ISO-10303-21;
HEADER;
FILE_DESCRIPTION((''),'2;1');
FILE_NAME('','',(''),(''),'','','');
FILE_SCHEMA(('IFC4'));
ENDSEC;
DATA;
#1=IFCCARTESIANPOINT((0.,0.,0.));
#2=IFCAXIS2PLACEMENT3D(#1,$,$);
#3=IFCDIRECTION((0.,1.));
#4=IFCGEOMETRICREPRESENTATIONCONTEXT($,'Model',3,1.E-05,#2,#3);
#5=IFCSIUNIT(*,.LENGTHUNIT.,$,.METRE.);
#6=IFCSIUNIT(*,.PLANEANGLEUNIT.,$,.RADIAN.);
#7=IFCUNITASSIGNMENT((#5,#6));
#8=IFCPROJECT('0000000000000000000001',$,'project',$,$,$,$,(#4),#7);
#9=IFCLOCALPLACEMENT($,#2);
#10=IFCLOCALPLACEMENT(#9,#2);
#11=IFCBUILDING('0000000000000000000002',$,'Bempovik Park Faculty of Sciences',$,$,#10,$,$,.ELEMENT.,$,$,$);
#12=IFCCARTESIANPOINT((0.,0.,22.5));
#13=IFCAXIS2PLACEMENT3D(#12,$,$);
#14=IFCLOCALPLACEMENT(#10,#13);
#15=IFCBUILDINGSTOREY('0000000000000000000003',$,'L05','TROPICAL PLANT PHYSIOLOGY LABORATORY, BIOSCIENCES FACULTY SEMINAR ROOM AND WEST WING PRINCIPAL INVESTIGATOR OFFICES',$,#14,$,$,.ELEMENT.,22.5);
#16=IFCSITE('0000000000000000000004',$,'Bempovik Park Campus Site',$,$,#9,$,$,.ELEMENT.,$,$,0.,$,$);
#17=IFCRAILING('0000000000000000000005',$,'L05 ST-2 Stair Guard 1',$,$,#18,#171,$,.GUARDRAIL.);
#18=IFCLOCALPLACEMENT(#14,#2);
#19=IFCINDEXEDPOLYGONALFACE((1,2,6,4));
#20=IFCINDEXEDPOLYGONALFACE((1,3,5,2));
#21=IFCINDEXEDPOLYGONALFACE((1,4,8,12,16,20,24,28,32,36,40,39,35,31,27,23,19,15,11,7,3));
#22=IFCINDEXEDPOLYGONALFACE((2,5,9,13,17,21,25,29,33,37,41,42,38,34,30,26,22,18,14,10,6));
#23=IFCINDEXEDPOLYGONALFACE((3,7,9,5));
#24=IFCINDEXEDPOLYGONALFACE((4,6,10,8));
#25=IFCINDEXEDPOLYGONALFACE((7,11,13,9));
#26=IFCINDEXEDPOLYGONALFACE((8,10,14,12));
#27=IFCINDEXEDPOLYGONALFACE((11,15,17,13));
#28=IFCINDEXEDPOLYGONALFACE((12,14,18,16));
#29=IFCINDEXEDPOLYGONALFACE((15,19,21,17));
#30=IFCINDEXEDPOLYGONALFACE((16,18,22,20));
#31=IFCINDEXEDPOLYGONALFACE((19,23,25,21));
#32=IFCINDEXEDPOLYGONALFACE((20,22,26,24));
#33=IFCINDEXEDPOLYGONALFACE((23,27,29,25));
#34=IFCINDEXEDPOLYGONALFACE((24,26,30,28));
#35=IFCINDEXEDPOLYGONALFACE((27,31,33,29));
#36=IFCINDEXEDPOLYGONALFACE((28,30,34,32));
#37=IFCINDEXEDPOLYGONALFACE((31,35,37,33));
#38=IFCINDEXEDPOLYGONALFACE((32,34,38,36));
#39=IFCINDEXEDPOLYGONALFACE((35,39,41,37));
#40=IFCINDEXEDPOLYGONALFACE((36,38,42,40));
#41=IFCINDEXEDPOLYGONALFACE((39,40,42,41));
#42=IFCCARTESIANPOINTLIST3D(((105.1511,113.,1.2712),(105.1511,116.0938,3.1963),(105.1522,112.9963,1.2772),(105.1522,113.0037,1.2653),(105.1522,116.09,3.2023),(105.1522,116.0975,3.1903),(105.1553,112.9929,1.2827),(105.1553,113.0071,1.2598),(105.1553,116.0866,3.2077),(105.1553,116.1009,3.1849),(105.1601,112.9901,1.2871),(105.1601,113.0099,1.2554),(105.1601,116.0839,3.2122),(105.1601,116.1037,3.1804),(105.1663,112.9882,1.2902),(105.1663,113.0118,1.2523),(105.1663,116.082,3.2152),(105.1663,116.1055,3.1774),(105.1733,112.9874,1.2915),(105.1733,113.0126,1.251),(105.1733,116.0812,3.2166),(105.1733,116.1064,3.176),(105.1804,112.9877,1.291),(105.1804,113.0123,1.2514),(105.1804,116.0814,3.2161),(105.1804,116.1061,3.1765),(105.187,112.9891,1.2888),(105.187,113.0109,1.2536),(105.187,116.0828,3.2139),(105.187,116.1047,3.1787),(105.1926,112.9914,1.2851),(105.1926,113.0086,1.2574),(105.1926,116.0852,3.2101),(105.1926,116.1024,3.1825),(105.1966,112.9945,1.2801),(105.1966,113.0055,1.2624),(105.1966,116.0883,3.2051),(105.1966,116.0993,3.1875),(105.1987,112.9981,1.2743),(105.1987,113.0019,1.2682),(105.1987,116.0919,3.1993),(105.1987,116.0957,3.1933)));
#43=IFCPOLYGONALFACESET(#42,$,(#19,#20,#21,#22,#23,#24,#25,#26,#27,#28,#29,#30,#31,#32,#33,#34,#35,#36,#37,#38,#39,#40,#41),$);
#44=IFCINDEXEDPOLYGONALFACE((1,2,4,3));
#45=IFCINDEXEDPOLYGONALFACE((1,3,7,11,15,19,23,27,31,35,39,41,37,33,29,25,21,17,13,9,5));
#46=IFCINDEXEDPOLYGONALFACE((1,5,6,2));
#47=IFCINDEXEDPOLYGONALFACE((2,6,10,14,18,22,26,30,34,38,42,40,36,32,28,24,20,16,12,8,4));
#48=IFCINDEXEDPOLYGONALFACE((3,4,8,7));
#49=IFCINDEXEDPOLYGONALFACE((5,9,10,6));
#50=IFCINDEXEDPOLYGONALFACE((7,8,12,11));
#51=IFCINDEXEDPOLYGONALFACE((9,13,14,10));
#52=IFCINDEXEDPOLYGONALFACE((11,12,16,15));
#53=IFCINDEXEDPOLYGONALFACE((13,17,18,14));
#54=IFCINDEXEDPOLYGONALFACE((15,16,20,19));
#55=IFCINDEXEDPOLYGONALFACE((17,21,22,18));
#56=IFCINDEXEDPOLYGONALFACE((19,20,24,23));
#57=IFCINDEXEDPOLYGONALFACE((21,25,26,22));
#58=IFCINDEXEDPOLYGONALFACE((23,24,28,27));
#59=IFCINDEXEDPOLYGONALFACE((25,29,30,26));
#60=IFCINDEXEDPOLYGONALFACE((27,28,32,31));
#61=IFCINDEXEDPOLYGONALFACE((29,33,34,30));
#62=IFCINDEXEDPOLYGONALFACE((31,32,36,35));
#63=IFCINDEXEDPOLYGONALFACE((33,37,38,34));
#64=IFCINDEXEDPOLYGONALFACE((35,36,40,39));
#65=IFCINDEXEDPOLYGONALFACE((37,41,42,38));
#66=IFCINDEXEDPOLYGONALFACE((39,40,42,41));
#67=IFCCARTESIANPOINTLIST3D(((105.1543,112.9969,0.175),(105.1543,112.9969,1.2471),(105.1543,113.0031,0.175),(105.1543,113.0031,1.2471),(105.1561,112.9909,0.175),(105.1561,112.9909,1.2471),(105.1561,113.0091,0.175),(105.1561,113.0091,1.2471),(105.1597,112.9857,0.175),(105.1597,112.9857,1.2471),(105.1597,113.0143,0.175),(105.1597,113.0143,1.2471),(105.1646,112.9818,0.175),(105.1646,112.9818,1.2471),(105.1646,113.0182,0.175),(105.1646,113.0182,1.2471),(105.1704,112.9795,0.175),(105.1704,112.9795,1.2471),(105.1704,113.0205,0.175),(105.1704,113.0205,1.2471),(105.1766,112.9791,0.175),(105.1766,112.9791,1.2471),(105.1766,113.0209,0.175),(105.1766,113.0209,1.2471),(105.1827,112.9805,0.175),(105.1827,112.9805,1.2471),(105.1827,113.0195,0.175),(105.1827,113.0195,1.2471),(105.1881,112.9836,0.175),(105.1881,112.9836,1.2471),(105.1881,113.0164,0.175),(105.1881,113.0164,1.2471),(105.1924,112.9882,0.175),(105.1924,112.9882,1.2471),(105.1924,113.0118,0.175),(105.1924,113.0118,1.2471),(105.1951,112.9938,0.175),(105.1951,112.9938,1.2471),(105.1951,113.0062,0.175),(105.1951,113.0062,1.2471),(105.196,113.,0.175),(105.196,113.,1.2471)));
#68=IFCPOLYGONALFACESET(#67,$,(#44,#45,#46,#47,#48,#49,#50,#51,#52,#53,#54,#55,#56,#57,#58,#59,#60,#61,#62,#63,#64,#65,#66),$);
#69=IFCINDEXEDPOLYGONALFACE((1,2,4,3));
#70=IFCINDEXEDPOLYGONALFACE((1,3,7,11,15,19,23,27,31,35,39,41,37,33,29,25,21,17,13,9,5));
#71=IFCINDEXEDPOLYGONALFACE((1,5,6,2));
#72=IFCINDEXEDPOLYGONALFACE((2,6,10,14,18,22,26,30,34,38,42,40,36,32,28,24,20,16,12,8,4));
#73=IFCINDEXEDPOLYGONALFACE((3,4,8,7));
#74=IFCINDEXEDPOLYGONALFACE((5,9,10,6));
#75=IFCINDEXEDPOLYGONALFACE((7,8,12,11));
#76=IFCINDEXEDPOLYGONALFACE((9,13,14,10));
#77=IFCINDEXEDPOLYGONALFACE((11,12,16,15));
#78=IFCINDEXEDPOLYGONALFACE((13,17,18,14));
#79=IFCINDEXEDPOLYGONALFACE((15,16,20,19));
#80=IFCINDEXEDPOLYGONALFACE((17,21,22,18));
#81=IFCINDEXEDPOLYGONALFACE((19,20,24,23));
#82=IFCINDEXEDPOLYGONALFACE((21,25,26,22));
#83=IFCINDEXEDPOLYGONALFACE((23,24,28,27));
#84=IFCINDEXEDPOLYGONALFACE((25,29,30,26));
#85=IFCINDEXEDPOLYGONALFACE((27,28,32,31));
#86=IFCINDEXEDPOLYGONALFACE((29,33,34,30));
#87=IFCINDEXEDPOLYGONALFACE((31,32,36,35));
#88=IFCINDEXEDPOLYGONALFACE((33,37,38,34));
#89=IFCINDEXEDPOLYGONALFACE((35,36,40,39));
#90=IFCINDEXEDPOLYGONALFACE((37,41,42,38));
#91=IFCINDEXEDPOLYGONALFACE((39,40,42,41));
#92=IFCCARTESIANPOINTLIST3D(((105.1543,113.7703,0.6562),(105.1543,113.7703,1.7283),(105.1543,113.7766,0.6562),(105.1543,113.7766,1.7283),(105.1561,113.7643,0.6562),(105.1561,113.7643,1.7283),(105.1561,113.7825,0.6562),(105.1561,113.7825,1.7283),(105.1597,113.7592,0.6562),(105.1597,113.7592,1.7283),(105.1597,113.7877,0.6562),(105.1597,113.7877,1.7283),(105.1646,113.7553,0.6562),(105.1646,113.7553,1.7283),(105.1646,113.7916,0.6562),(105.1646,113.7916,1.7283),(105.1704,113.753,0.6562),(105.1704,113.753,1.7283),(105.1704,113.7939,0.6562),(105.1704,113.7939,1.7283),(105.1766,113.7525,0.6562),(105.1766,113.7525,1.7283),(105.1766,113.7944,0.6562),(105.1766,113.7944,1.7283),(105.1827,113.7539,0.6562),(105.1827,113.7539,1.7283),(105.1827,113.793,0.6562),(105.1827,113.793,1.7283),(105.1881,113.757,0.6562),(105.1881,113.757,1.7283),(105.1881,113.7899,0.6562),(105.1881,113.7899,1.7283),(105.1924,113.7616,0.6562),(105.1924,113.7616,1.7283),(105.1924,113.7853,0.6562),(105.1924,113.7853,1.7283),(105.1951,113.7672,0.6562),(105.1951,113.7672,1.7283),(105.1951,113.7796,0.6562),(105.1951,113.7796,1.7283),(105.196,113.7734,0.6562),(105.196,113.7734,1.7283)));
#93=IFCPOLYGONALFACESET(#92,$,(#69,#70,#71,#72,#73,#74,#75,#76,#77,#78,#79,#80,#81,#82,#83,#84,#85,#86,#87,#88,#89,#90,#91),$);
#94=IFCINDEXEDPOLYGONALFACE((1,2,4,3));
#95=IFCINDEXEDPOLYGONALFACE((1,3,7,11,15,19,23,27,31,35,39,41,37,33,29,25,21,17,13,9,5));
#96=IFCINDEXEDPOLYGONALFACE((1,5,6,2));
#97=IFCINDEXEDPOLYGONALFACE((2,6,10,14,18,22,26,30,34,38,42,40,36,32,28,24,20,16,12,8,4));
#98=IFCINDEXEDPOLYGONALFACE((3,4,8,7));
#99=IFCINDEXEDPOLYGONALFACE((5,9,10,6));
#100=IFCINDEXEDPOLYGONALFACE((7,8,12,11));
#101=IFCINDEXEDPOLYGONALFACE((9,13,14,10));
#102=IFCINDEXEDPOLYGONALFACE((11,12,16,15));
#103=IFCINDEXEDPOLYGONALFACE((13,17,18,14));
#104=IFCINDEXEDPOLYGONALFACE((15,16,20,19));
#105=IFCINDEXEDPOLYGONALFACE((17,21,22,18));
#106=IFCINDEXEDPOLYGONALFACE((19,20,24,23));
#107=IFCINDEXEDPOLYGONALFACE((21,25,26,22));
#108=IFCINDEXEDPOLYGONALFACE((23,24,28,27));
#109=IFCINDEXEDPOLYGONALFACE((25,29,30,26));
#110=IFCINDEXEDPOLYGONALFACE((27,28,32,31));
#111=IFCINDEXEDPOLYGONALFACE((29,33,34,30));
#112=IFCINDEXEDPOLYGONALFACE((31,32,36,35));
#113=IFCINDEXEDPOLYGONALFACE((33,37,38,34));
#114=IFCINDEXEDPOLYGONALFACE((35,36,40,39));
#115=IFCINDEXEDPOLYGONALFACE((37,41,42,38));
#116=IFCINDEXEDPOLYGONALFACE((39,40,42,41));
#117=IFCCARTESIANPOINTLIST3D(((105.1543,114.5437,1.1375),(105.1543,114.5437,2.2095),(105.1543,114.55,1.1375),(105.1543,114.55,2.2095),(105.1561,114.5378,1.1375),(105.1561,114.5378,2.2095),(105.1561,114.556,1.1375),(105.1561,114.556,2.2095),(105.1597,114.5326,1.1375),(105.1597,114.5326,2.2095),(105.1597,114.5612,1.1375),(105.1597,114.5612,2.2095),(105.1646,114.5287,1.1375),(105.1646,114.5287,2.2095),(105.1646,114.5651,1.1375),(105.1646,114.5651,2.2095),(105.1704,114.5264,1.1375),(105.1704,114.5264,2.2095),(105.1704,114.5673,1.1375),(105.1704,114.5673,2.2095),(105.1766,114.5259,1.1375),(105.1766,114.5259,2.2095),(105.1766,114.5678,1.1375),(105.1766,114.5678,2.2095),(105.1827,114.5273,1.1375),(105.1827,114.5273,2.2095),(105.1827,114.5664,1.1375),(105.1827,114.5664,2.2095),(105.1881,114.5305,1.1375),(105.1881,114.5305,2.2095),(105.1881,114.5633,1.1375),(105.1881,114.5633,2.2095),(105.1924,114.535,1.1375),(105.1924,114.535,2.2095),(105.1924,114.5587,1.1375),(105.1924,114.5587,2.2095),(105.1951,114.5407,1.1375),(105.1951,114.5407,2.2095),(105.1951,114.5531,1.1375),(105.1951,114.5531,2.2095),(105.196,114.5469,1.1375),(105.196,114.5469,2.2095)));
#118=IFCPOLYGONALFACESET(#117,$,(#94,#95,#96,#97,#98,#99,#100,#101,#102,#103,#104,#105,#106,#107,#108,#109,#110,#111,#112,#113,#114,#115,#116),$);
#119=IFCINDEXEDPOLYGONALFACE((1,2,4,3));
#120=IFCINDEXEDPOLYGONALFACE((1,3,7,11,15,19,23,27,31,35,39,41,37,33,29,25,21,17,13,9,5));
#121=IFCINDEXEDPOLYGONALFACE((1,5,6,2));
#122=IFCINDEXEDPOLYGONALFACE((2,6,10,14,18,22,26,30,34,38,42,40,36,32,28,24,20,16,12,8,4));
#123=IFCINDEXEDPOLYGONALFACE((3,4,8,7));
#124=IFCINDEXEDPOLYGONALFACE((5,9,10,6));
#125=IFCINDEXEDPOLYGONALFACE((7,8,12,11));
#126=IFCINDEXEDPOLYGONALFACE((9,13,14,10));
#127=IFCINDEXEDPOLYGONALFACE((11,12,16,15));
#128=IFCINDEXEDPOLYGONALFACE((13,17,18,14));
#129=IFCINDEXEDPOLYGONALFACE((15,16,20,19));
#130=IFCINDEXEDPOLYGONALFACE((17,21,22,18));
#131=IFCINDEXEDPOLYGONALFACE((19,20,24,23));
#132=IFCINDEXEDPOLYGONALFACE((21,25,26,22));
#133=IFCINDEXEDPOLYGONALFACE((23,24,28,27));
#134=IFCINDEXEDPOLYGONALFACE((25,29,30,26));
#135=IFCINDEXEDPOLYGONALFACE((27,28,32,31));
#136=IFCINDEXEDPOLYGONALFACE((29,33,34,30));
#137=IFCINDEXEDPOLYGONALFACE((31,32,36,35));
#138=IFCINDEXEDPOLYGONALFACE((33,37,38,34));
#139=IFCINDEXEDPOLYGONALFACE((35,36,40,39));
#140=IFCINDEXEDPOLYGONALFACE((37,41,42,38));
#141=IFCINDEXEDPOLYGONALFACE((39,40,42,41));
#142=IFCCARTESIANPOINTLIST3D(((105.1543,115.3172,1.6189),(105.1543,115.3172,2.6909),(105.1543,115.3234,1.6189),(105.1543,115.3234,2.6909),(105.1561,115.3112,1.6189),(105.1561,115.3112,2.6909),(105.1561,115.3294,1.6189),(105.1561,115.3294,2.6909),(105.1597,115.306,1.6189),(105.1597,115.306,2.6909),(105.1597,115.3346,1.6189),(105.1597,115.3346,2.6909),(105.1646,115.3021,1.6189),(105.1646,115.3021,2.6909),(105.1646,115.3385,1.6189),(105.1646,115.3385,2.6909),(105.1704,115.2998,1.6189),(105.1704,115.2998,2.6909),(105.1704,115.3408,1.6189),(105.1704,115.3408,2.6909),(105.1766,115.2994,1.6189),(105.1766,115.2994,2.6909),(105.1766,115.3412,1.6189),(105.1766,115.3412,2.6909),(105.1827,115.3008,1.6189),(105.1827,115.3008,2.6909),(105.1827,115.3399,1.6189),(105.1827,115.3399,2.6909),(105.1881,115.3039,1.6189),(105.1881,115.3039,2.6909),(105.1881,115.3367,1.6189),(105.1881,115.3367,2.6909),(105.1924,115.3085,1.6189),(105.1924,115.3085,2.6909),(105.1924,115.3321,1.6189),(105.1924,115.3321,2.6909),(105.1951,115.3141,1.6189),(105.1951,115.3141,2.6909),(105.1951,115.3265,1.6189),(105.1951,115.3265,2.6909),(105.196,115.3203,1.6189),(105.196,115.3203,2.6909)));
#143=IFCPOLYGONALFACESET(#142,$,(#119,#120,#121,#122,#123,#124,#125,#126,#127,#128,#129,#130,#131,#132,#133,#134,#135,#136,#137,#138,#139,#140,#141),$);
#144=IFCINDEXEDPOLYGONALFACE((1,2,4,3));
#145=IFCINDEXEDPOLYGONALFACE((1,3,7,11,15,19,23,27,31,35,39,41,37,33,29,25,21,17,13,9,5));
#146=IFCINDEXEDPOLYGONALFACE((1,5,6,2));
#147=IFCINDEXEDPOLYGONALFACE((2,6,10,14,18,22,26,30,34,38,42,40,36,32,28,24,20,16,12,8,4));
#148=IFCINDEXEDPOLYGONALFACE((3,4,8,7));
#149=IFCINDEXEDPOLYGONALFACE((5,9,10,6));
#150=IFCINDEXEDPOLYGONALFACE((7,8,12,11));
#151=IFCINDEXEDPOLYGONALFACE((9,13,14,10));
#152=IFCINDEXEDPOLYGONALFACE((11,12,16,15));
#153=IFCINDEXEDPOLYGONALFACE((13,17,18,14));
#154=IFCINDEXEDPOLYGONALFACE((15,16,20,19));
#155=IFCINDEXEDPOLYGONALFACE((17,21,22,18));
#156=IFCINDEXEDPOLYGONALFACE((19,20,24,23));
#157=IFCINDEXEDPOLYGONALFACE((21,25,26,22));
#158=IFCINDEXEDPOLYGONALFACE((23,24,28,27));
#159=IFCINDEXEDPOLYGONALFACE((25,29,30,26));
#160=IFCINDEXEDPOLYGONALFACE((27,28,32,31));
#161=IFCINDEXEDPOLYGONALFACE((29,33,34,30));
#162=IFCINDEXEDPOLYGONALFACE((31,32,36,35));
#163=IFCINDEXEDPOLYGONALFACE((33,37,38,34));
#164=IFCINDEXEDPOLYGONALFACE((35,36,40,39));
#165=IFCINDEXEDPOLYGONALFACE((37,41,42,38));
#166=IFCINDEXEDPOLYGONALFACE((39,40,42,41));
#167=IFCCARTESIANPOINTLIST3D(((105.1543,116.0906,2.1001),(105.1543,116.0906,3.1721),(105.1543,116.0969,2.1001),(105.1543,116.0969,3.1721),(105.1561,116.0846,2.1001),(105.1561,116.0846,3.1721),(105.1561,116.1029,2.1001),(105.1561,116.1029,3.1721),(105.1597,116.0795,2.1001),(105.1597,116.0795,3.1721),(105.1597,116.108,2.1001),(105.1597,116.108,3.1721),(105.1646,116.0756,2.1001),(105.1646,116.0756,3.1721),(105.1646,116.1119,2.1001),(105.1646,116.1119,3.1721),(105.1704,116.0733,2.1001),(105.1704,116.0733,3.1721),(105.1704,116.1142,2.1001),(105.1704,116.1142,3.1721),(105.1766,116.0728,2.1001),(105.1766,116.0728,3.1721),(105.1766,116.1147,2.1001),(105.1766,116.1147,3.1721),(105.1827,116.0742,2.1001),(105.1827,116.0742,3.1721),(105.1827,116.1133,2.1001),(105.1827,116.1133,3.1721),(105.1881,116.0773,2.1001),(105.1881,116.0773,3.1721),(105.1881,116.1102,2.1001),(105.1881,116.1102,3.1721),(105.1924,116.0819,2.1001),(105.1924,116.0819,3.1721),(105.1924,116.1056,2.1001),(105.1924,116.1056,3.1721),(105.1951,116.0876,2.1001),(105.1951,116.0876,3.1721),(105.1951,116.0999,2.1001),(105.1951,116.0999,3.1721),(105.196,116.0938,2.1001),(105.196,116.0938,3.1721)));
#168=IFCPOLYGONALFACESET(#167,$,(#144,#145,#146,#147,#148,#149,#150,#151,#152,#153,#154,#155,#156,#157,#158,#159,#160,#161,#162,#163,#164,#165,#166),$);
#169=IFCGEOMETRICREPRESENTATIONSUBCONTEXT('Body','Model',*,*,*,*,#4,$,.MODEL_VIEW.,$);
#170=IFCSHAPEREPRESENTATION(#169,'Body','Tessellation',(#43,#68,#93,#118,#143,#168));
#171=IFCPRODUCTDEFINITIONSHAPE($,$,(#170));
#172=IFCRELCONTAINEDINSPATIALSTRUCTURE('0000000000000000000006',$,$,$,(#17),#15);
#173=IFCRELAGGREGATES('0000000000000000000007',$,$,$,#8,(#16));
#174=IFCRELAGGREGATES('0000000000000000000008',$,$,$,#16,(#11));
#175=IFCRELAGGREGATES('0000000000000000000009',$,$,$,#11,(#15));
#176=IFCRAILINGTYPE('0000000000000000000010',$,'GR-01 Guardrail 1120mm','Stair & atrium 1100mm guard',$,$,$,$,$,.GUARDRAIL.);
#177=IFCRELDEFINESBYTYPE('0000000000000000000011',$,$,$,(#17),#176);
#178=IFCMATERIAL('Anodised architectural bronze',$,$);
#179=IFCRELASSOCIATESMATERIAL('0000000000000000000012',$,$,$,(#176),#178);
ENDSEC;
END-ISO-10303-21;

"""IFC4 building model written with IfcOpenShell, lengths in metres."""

from ifc_helpers import new_model, si_unit, direction, frame, origin, origin_2d, place, context, subcontext, project, spatial, circle, extrude, material, type_object, element, save


model = new_model("IFC4")

# Units and contexts
model_context = context("Model", 3, precision=1e-05, world=origin(), true_north=direction((0.0, 1.0)))
body_context = subcontext(model_context, "Body", "Model", "MODEL_VIEW")
ifc_project = project(units=[si_unit("LENGTHUNIT", "METRE"), si_unit("PLANEANGLEUNIT", "RADIAN")], contexts=[model_context])

# Site, building, storey
site_placement = place(None, origin())
site = spatial("IfcSite", under=ifc_project, at=site_placement, Name="Bempovik Park Campus Site", CompositionType="ELEMENT", RefElevation=0.0)
building_placement = place(site_placement, origin())
building = spatial("IfcBuilding", under=site, at=building_placement, Name="Bempovik Park Faculty of Sciences", CompositionType="ELEMENT")
storey_placement = place(building_placement, frame((0.0, 0.0, 22.5)))
storey = spatial("IfcBuildingStorey", under=building, at=storey_placement, Name="L05", Description="TROPICAL PLANT PHYSIOLOGY LABORATORY, BIOSCIENCES FACULTY SEMINAR ROOM AND WEST WING PRINCIPAL INVESTIGATOR OFFICES", CompositionType="ELEMENT", Elevation=22.5)

# Railing
ifc_material_1 = material(Name="Anodised architectural bronze")
railing_type_1 = type_object("IfcRailingType", Name="GR-01 Guardrail 1120mm", Description="Stair & atrium 1100mm guard", PredefinedType="GUARDRAIL", material=ifc_material_1)
railing_1_placement = place(storey_placement, frame((105.175, 113.0, 0.175)))
element("IfcRailing", 1, at=railing_1_placement, inside=storey, type_object=railing_type_1, Name="L05 ST-2 Stair Guard 1", PredefinedType="GUARDRAIL", context=body_context, shape_type="SweptSolid", body=[
    extrude(circle(Radius=0.0239, at=origin_2d()), frame((0.0, 0.0, 1.0962), z_axis=(0.0, 0.849051, 0.528312), x_axis=(-1.0, 0.0, 0.0)), (0.0, 0.0, 1.0), 3.6438),
    extrude(circle(Radius=0.021, at=origin_2d()), origin(), (0.0, 0.0, 1.0), 1.072),
    extrude(circle(Radius=0.021, at=origin_2d()), frame((0.0, 0.7734, 0.4812)), (0.0, 0.0, 1.0), 1.072),
    extrude(circle(Radius=0.021, at=origin_2d()), frame((0.0, 1.5469, 0.9624)), (0.0, 0.0, 1.0), 1.072),
    extrude(circle(Radius=0.021, at=origin_2d()), frame((0.0, 2.3203, 1.4438)), (0.0, 0.0, 1.0), 1.072),
    extrude(circle(Radius=0.021, at=origin_2d()), frame((0.0, 3.0938, 1.925)), (0.0, 0.0, 1.0), 1.072),
])

save(model, "model.ifc")
